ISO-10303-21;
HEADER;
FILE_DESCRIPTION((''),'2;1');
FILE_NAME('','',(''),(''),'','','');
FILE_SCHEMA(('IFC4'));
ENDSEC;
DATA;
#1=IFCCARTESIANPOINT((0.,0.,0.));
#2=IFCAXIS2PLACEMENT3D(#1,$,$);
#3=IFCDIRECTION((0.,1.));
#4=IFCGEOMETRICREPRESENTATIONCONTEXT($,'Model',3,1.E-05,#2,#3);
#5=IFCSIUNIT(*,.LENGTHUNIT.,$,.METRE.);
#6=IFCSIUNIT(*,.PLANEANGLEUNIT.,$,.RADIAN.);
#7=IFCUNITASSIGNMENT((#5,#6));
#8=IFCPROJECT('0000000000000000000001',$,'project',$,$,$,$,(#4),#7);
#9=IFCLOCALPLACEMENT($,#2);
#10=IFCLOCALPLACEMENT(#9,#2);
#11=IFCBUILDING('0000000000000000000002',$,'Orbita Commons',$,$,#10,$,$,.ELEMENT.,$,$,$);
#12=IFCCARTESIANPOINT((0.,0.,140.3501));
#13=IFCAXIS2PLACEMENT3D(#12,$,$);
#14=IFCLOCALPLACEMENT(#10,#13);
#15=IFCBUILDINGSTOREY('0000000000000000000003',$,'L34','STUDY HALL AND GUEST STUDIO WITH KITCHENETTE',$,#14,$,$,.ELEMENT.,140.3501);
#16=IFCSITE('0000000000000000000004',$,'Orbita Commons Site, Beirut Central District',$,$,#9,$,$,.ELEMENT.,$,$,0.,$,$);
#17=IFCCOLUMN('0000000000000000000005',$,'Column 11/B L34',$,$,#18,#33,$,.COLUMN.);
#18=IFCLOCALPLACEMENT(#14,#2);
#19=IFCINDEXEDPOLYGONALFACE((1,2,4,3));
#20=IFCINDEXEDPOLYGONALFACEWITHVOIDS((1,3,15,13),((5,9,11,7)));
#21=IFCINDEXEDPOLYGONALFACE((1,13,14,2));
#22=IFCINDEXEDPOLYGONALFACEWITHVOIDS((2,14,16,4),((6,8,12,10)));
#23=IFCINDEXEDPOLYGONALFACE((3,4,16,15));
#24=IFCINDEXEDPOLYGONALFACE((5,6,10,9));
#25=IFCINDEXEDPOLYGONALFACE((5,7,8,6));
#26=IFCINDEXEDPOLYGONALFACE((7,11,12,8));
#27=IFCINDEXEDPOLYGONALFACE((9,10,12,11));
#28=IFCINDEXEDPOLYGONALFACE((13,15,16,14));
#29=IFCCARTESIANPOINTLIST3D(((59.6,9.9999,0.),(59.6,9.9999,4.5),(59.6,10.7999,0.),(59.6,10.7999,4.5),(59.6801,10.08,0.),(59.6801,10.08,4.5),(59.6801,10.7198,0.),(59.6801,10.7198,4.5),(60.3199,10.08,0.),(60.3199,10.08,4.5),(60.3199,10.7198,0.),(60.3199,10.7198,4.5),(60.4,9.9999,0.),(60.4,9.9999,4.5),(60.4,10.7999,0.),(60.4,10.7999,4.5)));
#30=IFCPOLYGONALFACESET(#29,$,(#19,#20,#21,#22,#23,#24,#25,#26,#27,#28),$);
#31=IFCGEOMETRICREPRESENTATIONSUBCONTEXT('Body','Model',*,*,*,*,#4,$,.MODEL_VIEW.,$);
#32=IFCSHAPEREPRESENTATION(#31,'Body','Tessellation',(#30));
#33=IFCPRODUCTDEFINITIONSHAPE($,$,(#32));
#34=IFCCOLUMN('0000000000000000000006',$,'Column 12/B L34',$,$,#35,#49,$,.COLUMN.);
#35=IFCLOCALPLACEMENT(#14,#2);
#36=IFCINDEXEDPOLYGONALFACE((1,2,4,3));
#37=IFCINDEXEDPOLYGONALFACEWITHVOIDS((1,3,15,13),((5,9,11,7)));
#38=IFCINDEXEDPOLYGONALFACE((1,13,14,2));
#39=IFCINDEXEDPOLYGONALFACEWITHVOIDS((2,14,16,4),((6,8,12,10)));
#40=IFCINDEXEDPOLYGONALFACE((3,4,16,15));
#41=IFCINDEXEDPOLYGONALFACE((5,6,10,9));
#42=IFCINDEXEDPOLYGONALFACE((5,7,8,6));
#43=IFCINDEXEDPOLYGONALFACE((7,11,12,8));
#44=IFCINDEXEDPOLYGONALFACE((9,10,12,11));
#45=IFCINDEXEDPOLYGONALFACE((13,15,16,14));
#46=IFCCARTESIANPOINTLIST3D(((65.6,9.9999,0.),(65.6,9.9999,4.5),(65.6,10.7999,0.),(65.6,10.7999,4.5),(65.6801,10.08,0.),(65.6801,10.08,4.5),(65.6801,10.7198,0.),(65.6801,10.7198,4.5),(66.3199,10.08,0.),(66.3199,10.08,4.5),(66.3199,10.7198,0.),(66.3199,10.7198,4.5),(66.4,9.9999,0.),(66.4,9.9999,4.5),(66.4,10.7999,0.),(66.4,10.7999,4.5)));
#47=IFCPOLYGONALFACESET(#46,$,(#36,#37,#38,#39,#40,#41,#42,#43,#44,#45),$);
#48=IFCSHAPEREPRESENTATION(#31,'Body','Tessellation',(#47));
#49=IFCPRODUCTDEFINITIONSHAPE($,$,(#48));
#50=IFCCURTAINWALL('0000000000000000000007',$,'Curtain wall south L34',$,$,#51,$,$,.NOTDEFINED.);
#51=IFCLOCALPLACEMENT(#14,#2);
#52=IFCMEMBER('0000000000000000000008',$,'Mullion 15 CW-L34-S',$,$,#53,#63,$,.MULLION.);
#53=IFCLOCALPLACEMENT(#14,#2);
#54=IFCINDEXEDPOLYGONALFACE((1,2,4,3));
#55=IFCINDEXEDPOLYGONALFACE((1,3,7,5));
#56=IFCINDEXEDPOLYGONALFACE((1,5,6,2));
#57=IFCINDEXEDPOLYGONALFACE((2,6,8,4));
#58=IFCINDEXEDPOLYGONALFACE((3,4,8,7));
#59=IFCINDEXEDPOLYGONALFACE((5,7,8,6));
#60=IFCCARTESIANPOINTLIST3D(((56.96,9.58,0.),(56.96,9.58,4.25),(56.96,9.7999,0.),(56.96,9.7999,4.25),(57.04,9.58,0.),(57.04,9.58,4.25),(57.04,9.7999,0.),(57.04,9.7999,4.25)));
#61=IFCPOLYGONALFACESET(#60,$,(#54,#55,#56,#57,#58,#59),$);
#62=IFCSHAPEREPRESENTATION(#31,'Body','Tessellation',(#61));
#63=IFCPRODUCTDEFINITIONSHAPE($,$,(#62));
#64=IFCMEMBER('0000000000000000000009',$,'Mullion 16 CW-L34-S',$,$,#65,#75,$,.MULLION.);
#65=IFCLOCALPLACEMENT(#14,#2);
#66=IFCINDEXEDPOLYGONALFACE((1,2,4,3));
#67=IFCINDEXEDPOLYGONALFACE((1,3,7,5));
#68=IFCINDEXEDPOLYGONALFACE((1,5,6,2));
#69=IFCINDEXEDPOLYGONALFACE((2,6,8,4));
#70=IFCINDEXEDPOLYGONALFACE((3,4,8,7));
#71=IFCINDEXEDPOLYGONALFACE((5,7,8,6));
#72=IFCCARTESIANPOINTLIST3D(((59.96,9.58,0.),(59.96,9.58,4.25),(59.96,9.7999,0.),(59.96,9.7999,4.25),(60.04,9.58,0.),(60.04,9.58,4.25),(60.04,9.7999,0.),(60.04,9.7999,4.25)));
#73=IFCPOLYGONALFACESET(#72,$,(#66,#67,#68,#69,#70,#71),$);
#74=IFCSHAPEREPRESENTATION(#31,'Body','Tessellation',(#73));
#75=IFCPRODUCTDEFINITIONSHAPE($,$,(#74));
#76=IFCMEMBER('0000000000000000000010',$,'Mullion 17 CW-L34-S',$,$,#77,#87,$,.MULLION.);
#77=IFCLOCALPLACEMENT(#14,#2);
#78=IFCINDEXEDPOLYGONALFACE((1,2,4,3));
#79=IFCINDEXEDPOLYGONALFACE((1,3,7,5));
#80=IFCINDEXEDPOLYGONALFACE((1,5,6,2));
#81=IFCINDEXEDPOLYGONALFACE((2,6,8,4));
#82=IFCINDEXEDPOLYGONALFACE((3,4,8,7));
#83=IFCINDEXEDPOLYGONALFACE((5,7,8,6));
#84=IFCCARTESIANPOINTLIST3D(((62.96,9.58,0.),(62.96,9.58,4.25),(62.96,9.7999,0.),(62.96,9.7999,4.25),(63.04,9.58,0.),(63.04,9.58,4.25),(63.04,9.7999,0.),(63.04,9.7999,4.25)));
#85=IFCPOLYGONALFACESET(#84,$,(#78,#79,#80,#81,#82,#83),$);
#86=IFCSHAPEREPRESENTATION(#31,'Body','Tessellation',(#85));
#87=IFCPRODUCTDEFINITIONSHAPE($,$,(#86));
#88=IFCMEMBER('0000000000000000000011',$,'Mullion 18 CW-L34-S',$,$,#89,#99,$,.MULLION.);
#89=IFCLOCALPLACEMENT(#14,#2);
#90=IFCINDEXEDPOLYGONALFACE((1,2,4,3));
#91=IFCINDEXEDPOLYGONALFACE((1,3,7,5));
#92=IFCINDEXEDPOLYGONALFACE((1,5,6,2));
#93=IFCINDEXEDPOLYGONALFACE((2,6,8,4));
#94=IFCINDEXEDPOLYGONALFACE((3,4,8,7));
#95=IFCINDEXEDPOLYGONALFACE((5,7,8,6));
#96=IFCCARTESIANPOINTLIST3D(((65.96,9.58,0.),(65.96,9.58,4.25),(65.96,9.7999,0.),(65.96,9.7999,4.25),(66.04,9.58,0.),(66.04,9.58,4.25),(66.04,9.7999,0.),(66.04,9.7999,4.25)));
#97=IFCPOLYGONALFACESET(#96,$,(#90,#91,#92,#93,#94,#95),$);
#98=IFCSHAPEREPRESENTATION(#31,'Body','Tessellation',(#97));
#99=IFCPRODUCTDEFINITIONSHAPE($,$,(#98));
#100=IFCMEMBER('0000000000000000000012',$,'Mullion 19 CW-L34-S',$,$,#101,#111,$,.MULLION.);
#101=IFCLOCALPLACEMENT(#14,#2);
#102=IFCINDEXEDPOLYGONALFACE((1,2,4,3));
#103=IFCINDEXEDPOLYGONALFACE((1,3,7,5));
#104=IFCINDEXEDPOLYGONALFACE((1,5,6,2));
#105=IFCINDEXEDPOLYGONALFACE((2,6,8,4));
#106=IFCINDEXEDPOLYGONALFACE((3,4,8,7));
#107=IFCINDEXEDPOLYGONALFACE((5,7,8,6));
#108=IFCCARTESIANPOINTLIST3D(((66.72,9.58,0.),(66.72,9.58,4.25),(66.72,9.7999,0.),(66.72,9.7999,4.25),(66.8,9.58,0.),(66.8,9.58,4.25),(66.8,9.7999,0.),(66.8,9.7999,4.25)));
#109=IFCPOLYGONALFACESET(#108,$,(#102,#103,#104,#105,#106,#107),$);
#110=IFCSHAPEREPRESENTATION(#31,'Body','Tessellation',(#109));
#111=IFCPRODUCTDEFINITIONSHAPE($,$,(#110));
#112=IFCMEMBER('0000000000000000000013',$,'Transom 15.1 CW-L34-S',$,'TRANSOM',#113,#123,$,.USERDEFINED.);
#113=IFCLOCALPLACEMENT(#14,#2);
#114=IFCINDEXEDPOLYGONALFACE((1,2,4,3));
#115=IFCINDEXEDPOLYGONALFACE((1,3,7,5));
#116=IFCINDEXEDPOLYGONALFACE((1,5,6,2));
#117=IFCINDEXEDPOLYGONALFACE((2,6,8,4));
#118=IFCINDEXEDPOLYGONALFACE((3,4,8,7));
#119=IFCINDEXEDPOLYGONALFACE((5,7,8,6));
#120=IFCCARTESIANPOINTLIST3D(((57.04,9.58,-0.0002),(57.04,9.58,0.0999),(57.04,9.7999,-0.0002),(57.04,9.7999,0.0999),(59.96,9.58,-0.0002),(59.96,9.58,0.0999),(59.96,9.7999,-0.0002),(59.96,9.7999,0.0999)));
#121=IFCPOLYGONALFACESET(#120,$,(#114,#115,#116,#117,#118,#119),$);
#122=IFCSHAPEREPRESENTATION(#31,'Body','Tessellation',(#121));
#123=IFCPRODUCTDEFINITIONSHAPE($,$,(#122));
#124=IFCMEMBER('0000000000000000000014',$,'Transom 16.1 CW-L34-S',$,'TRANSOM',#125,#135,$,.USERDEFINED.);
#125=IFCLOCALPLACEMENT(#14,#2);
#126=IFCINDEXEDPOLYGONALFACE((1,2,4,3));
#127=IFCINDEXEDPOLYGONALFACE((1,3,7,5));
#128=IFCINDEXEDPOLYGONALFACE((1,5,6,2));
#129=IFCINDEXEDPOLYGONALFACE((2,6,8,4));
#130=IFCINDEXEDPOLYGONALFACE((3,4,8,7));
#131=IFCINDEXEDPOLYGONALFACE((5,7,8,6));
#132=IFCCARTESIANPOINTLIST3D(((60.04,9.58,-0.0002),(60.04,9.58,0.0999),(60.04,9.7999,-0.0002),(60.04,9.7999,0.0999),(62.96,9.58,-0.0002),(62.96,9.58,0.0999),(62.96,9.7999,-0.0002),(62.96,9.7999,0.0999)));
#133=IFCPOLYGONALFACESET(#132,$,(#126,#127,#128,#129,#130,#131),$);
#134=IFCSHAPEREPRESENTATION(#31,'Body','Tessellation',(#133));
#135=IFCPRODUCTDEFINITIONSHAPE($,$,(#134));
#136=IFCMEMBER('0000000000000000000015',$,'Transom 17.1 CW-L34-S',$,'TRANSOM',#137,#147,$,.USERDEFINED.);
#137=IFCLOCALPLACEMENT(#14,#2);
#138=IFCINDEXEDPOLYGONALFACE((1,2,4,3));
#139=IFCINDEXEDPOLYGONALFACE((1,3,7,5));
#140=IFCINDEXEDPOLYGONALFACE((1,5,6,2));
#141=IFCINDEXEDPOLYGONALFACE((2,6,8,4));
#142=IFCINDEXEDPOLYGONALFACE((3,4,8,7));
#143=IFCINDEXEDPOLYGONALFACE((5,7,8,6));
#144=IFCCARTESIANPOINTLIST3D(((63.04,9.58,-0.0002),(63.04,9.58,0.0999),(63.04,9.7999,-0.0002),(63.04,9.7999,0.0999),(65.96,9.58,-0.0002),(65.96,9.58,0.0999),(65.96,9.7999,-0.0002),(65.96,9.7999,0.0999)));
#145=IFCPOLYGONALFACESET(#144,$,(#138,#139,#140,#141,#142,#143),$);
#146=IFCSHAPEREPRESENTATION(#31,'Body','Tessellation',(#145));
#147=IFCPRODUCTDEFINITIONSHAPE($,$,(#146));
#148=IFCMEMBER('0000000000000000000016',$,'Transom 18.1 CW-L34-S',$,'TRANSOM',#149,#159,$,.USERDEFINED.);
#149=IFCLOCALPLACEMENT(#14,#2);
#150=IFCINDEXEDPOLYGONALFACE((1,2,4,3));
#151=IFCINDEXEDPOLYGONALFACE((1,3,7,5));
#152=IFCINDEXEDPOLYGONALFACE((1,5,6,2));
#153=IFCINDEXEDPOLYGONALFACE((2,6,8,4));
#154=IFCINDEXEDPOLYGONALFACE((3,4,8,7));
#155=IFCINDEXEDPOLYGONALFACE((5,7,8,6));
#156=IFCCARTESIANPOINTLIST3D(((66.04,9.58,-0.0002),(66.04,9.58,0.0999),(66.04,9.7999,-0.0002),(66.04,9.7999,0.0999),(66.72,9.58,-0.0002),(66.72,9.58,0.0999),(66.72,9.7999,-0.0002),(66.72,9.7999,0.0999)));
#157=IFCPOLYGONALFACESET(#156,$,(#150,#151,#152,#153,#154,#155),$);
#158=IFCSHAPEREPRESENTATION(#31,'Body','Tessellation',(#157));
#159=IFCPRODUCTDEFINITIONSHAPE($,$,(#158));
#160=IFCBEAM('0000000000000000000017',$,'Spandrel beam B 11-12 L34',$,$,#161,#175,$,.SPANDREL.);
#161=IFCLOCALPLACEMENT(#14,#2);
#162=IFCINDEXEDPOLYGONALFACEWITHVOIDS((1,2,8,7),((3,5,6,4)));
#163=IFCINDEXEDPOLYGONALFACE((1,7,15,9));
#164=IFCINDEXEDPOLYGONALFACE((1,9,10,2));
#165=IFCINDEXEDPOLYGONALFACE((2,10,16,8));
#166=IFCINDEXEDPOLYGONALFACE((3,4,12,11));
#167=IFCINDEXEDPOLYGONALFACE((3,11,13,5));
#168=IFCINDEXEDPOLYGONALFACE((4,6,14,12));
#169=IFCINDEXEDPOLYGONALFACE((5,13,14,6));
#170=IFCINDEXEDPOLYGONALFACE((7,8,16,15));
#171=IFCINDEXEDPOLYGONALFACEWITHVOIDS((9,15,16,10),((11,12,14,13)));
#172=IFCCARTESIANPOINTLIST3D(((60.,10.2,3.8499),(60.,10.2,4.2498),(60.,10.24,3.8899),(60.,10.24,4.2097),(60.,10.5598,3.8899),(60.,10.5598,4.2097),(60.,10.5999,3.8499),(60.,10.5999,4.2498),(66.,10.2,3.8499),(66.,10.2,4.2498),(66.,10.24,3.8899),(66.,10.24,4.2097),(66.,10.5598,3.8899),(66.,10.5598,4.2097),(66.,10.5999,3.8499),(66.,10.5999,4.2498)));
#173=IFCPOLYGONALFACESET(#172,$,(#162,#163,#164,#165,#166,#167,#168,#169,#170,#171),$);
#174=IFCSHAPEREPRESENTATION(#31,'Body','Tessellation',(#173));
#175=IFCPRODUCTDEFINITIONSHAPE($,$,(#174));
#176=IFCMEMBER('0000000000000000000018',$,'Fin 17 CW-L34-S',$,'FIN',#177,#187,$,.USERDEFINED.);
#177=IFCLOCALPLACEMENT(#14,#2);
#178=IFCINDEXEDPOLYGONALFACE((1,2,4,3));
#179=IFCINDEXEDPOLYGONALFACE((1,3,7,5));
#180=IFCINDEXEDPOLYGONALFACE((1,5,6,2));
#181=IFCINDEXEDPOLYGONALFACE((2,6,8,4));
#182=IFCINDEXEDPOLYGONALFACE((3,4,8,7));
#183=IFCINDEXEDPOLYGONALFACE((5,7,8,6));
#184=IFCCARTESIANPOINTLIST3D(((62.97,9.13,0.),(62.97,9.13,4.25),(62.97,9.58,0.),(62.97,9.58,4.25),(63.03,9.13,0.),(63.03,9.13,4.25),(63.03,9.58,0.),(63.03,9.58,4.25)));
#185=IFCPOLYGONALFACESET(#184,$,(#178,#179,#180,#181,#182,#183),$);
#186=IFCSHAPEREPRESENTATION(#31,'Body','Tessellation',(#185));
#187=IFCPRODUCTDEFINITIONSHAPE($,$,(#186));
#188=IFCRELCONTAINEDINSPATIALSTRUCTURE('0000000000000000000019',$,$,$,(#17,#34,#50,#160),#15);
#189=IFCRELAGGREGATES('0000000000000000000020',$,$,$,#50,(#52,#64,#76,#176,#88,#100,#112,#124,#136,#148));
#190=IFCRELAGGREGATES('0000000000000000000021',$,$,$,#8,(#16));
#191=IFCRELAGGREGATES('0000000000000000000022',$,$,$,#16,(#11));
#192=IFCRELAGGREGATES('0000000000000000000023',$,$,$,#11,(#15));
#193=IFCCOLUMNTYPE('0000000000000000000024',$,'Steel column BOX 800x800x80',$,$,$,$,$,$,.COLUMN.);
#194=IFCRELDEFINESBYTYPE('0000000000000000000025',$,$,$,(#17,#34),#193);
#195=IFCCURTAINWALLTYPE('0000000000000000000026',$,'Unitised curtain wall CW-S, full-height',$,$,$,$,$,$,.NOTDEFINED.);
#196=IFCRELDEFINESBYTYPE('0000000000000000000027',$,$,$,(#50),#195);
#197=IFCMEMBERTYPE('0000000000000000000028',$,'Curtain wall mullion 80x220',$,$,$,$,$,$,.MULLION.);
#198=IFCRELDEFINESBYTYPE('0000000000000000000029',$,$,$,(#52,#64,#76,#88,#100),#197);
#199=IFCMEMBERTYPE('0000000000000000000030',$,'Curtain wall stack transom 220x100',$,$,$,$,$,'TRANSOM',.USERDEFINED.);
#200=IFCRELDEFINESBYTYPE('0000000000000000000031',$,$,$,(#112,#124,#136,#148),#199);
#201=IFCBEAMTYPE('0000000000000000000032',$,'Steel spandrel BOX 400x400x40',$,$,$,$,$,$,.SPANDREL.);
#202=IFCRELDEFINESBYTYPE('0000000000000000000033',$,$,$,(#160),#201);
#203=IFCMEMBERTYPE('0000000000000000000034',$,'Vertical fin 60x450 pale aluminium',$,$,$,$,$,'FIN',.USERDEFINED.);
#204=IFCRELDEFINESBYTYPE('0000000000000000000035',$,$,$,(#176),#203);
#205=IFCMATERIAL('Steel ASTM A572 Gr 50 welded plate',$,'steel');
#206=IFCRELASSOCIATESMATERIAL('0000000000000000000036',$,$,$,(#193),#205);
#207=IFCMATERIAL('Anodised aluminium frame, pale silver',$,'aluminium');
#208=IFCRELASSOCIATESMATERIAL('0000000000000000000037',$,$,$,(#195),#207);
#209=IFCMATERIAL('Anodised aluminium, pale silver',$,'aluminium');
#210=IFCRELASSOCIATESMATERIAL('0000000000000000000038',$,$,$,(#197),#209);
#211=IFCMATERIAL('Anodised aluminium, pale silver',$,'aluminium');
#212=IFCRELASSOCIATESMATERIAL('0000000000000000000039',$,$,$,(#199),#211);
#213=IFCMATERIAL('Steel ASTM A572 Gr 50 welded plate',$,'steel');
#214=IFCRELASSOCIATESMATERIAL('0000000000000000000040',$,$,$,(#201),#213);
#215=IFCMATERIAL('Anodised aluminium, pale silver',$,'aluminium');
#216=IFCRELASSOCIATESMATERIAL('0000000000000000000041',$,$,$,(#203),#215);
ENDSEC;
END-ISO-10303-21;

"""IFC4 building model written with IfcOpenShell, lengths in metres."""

from ifc_helpers import new_model, si_unit, direction, frame, origin, origin_2d, place, context, subcontext, project, spatial, rectangle, hollow_rectangle, extrude, material, material_profile, profile_set, type_object, element, aggregate, save


model = new_model("IFC4")

# Units and contexts
model_context = context("Model", 3, precision=1e-05, world=origin(), true_north=direction((0.0, 1.0)))
body_context = subcontext(model_context, "Body", "Model", "MODEL_VIEW")
ifc_project = project(units=[si_unit("LENGTHUNIT", "METRE"), si_unit("PLANEANGLEUNIT", "RADIAN")], contexts=[model_context])

# Site, building, storey
site_placement = place(None, origin())
site = spatial("IfcSite", under=ifc_project, at=site_placement, Name="Orbita Commons Site, Beirut Central District", CompositionType="ELEMENT", RefElevation=0.0)
building_placement = place(site_placement, origin())
building = spatial("IfcBuilding", under=site, at=building_placement, Name="Orbita Commons", CompositionType="ELEMENT")
storey_placement = place(building_placement, frame((0.0, 0.0, 140.3501)))
storey = spatial("IfcBuildingStorey", under=building, at=storey_placement, Name="L34", Description="STUDY HALL AND GUEST STUDIO WITH KITCHENETTE", CompositionType="ELEMENT", Elevation=140.3501)

# Columns
ifc_material_1 = material(Name="Steel ASTM A572 Gr 50 welded plate", Category="steel")
ifc_material_profile_1 = material_profile(ifc_material_1, hollow_rectangle(XDim=0.8, YDim=0.8, WallThickness=0.0801, at=origin_2d()), Name="BOX 800x800x80")
ifc_profile_set_1 = profile_set([ifc_material_profile_1], Name="Steel ASTM A572 Gr 50 welded plate")
column_type = type_object("IfcColumnType", Name="Steel column BOX 800x800x80", PredefinedType="COLUMN", material=ifc_profile_set_1)
for number, where, z_axis, x_axis, name in (
    (1, (60.0, 10.3999, 0.0), (0.0, 0.0, 1.0), (1.0, 0.0, 0.0), "Column 11/B L34"),
    (2, (66.0, 10.3999, 0.0), (0.0, 0.0, 1.0), (1.0, 0.0, 0.0), "Column 12/B L34"),
):
    element("IfcColumn", number, at=place(storey_placement, frame(where, z_axis=z_axis, x_axis=x_axis)), inside=storey, type_object=column_type, Name=name, PredefinedType="COLUMN", context=body_context, shape_type="SweptSolid", body=[
        extrude(hollow_rectangle(XDim=0.8, YDim=0.8, WallThickness=0.0801, at=origin_2d()), origin(), (0.0, 0.0, 1.0), 4.5),
    ])

# Curtain wall, members
ifc_material_2 = material(Name="Anodised aluminium frame, pale silver", Category="aluminium")
curtain_wall_type = type_object("IfcCurtainWallType", Name="Unitised curtain wall CW-S, full-height", PredefinedType="NOTDEFINED", material=ifc_material_2)
curtain_wall_placement = place(storey_placement, origin())
curtain_wall = element("IfcCurtainWall", 3, at=curtain_wall_placement, inside=storey, type_object=curtain_wall_type, Name="Curtain wall south L34", PredefinedType="NOTDEFINED")
ifc_material_3 = material(Name="Anodised aluminium, pale silver", Category="aluminium")
ifc_material_profile_2 = material_profile(ifc_material_3, rectangle(XDim=0.0801, YDim=0.22, at=origin_2d()), Name="AL 80x220")
ifc_profile_set_2 = profile_set([ifc_material_profile_2], Name="Anodised aluminium, pale silver")
member_type_1 = type_object("IfcMemberType", Name="Curtain wall mullion 80x220", PredefinedType="MULLION", material=ifc_profile_set_2)
member_1_placement = place(storey_placement, frame((57.0, 9.6899, 0.0), z_axis=(0.0, 0.0, 1.0), x_axis=(1.0, 0.0, 0.0)))
member_1 = element("IfcMember", 4, at=member_1_placement, type_object=member_type_1, Name="Mullion 15 CW-L34-S", PredefinedType="MULLION", context=body_context, shape_type="SweptSolid", body=[
    extrude(rectangle(XDim=0.0801, YDim=0.22, at=origin_2d()), origin(), (0.0, 0.0, 1.0), 4.25),
])
member_2_placement = place(storey_placement, frame((60.0, 9.6899, 0.0), z_axis=(0.0, 0.0, 1.0), x_axis=(1.0, 0.0, 0.0)))
member_2 = element("IfcMember", 5, at=member_2_placement, type_object=member_type_1, Name="Mullion 16 CW-L34-S", PredefinedType="MULLION", context=body_context, shape_type="SweptSolid", body=[
    extrude(rectangle(XDim=0.0801, YDim=0.22, at=origin_2d()), origin(), (0.0, 0.0, 1.0), 4.25),
])
member_3_placement = place(storey_placement, frame((63.0, 9.6899, 0.0), z_axis=(0.0, 0.0, 1.0), x_axis=(1.0, 0.0, 0.0)))
member_3 = element("IfcMember", 6, at=member_3_placement, type_object=member_type_1, Name="Mullion 17 CW-L34-S", PredefinedType="MULLION", context=body_context, shape_type="SweptSolid", body=[
    extrude(rectangle(XDim=0.0801, YDim=0.22, at=origin_2d()), origin(), (0.0, 0.0, 1.0), 4.25),
])
member_4_placement = place(storey_placement, frame((66.0, 9.6899, 0.0), z_axis=(0.0, 0.0, 1.0), x_axis=(1.0, 0.0, 0.0)))
member_4 = element("IfcMember", 7, at=member_4_placement, type_object=member_type_1, Name="Mullion 18 CW-L34-S", PredefinedType="MULLION", context=body_context, shape_type="SweptSolid", body=[
    extrude(rectangle(XDim=0.0801, YDim=0.22, at=origin_2d()), origin(), (0.0, 0.0, 1.0), 4.25),
])
member_5_placement = place(storey_placement, frame((66.76, 9.6899, 0.0), z_axis=(0.0, 0.0, 1.0), x_axis=(1.0, 0.0, 0.0)))
member_5 = element("IfcMember", 8, at=member_5_placement, type_object=member_type_1, Name="Mullion 19 CW-L34-S", PredefinedType="MULLION", context=body_context, shape_type="SweptSolid", body=[
    extrude(rectangle(XDim=0.0801, YDim=0.22, at=origin_2d()), origin(), (0.0, 0.0, 1.0), 4.25),
])
ifc_material_4 = material(Name="Anodised aluminium, pale silver", Category="aluminium")
ifc_material_profile_3 = material_profile(ifc_material_4, rectangle(XDim=0.22, YDim=0.1001, at=origin_2d()), Name="AL 220x100")
ifc_profile_set_3 = profile_set([ifc_material_profile_3], Name="Anodised aluminium, pale silver")
member_type_2 = type_object("IfcMemberType", Name="Curtain wall stack transom 220x100", ElementType="TRANSOM", PredefinedType="USERDEFINED", material=ifc_profile_set_3)
member_6_placement = place(storey_placement, frame((57.04, 9.6899, 0.0498), z_axis=(1.0, 0.0, 0.0), x_axis=(0.0, 1.0, 0.0)))
member_6 = element("IfcMember", 9, at=member_6_placement, type_object=member_type_2, Name="Transom 15.1 CW-L34-S", ObjectType="TRANSOM", PredefinedType="USERDEFINED", context=body_context, shape_type="SweptSolid", body=[
    extrude(rectangle(XDim=0.22, YDim=0.1001, at=origin_2d()), origin(), (0.0, 0.0, 1.0), 2.9199),
])
member_7_placement = place(storey_placement, frame((60.04, 9.6899, 0.0498), z_axis=(1.0, 0.0, 0.0), x_axis=(0.0, 1.0, 0.0)))
member_7 = element("IfcMember", 10, at=member_7_placement, type_object=member_type_2, Name="Transom 16.1 CW-L34-S", ObjectType="TRANSOM", PredefinedType="USERDEFINED", context=body_context, shape_type="SweptSolid", body=[
    extrude(rectangle(XDim=0.22, YDim=0.1001, at=origin_2d()), origin(), (0.0, 0.0, 1.0), 2.9199),
])
member_8_placement = place(storey_placement, frame((63.04, 9.6899, 0.0498), z_axis=(1.0, 0.0, 0.0), x_axis=(0.0, 1.0, 0.0)))
member_8 = element("IfcMember", 11, at=member_8_placement, type_object=member_type_2, Name="Transom 17.1 CW-L34-S", ObjectType="TRANSOM", PredefinedType="USERDEFINED", context=body_context, shape_type="SweptSolid", body=[
    extrude(rectangle(XDim=0.22, YDim=0.1001, at=origin_2d()), origin(), (0.0, 0.0, 1.0), 2.9199),
])
member_9_placement = place(storey_placement, frame((66.04, 9.6899, 0.0498), z_axis=(1.0, 0.0, 0.0), x_axis=(0.0, 1.0, 0.0)))
member_9 = element("IfcMember", 12, at=member_9_placement, type_object=member_type_2, Name="Transom 18.1 CW-L34-S", ObjectType="TRANSOM", PredefinedType="USERDEFINED", context=body_context, shape_type="SweptSolid", body=[
    extrude(rectangle(XDim=0.22, YDim=0.1001, at=origin_2d()), origin(), (0.0, 0.0, 1.0), 0.6799),
])

# Beam
ifc_material_5 = material(Name="Steel ASTM A572 Gr 50 welded plate", Category="steel")
ifc_material_profile_4 = material_profile(ifc_material_5, hollow_rectangle(XDim=0.3999, YDim=0.3999, WallThickness=0.04, at=origin_2d()), Name="BOX 400x400x40")
ifc_profile_set_4 = profile_set([ifc_material_profile_4], Name="Steel ASTM A572 Gr 50 welded plate")
beam_type = type_object("IfcBeamType", Name="Steel spandrel BOX 400x400x40", PredefinedType="SPANDREL", material=ifc_profile_set_4)
beam_placement = place(storey_placement, frame((60.0, 10.3999, 4.0498), z_axis=(1.0, 0.0, 0.0), x_axis=(0.0, 1.0, 0.0)))
element("IfcBeam", 13, at=beam_placement, inside=storey, type_object=beam_type, Name="Spandrel beam B 11-12 L34", PredefinedType="SPANDREL", context=body_context, shape_type="SweptSolid", body=[
    extrude(hollow_rectangle(XDim=0.3999, YDim=0.3999, WallThickness=0.04, at=origin_2d()), origin(), (0.0, 0.0, 1.0), 6.0),
])

# Member
ifc_material_6 = material(Name="Anodised aluminium, pale silver", Category="aluminium")
ifc_material_profile_5 = material_profile(ifc_material_6, rectangle(XDim=0.0601, YDim=0.45, at=origin_2d()), Name="FIN 60x450")
ifc_profile_set_5 = profile_set([ifc_material_profile_5], Name="Anodised aluminium, pale silver")
member_type_3 = type_object("IfcMemberType", Name="Vertical fin 60x450 pale aluminium", ElementType="FIN", PredefinedType="USERDEFINED", material=ifc_profile_set_5)
member_10_placement = place(storey_placement, frame((63.0, 9.355, 0.0), z_axis=(0.0, 0.0, 1.0), x_axis=(1.0, 0.0, 0.0)))
member_10 = element("IfcMember", 14, at=member_10_placement, type_object=member_type_3, Name="Fin 17 CW-L34-S", ObjectType="FIN", PredefinedType="USERDEFINED", context=body_context, shape_type="SweptSolid", body=[
    extrude(rectangle(XDim=0.0601, YDim=0.45, at=origin_2d()), origin(), (0.0, 0.0, 1.0), 4.25),
])

aggregate(curtain_wall, [member_1, member_2, member_3, member_10, member_4, member_5, member_6, member_7, member_8, member_9])

save(model, "model.ifc")
